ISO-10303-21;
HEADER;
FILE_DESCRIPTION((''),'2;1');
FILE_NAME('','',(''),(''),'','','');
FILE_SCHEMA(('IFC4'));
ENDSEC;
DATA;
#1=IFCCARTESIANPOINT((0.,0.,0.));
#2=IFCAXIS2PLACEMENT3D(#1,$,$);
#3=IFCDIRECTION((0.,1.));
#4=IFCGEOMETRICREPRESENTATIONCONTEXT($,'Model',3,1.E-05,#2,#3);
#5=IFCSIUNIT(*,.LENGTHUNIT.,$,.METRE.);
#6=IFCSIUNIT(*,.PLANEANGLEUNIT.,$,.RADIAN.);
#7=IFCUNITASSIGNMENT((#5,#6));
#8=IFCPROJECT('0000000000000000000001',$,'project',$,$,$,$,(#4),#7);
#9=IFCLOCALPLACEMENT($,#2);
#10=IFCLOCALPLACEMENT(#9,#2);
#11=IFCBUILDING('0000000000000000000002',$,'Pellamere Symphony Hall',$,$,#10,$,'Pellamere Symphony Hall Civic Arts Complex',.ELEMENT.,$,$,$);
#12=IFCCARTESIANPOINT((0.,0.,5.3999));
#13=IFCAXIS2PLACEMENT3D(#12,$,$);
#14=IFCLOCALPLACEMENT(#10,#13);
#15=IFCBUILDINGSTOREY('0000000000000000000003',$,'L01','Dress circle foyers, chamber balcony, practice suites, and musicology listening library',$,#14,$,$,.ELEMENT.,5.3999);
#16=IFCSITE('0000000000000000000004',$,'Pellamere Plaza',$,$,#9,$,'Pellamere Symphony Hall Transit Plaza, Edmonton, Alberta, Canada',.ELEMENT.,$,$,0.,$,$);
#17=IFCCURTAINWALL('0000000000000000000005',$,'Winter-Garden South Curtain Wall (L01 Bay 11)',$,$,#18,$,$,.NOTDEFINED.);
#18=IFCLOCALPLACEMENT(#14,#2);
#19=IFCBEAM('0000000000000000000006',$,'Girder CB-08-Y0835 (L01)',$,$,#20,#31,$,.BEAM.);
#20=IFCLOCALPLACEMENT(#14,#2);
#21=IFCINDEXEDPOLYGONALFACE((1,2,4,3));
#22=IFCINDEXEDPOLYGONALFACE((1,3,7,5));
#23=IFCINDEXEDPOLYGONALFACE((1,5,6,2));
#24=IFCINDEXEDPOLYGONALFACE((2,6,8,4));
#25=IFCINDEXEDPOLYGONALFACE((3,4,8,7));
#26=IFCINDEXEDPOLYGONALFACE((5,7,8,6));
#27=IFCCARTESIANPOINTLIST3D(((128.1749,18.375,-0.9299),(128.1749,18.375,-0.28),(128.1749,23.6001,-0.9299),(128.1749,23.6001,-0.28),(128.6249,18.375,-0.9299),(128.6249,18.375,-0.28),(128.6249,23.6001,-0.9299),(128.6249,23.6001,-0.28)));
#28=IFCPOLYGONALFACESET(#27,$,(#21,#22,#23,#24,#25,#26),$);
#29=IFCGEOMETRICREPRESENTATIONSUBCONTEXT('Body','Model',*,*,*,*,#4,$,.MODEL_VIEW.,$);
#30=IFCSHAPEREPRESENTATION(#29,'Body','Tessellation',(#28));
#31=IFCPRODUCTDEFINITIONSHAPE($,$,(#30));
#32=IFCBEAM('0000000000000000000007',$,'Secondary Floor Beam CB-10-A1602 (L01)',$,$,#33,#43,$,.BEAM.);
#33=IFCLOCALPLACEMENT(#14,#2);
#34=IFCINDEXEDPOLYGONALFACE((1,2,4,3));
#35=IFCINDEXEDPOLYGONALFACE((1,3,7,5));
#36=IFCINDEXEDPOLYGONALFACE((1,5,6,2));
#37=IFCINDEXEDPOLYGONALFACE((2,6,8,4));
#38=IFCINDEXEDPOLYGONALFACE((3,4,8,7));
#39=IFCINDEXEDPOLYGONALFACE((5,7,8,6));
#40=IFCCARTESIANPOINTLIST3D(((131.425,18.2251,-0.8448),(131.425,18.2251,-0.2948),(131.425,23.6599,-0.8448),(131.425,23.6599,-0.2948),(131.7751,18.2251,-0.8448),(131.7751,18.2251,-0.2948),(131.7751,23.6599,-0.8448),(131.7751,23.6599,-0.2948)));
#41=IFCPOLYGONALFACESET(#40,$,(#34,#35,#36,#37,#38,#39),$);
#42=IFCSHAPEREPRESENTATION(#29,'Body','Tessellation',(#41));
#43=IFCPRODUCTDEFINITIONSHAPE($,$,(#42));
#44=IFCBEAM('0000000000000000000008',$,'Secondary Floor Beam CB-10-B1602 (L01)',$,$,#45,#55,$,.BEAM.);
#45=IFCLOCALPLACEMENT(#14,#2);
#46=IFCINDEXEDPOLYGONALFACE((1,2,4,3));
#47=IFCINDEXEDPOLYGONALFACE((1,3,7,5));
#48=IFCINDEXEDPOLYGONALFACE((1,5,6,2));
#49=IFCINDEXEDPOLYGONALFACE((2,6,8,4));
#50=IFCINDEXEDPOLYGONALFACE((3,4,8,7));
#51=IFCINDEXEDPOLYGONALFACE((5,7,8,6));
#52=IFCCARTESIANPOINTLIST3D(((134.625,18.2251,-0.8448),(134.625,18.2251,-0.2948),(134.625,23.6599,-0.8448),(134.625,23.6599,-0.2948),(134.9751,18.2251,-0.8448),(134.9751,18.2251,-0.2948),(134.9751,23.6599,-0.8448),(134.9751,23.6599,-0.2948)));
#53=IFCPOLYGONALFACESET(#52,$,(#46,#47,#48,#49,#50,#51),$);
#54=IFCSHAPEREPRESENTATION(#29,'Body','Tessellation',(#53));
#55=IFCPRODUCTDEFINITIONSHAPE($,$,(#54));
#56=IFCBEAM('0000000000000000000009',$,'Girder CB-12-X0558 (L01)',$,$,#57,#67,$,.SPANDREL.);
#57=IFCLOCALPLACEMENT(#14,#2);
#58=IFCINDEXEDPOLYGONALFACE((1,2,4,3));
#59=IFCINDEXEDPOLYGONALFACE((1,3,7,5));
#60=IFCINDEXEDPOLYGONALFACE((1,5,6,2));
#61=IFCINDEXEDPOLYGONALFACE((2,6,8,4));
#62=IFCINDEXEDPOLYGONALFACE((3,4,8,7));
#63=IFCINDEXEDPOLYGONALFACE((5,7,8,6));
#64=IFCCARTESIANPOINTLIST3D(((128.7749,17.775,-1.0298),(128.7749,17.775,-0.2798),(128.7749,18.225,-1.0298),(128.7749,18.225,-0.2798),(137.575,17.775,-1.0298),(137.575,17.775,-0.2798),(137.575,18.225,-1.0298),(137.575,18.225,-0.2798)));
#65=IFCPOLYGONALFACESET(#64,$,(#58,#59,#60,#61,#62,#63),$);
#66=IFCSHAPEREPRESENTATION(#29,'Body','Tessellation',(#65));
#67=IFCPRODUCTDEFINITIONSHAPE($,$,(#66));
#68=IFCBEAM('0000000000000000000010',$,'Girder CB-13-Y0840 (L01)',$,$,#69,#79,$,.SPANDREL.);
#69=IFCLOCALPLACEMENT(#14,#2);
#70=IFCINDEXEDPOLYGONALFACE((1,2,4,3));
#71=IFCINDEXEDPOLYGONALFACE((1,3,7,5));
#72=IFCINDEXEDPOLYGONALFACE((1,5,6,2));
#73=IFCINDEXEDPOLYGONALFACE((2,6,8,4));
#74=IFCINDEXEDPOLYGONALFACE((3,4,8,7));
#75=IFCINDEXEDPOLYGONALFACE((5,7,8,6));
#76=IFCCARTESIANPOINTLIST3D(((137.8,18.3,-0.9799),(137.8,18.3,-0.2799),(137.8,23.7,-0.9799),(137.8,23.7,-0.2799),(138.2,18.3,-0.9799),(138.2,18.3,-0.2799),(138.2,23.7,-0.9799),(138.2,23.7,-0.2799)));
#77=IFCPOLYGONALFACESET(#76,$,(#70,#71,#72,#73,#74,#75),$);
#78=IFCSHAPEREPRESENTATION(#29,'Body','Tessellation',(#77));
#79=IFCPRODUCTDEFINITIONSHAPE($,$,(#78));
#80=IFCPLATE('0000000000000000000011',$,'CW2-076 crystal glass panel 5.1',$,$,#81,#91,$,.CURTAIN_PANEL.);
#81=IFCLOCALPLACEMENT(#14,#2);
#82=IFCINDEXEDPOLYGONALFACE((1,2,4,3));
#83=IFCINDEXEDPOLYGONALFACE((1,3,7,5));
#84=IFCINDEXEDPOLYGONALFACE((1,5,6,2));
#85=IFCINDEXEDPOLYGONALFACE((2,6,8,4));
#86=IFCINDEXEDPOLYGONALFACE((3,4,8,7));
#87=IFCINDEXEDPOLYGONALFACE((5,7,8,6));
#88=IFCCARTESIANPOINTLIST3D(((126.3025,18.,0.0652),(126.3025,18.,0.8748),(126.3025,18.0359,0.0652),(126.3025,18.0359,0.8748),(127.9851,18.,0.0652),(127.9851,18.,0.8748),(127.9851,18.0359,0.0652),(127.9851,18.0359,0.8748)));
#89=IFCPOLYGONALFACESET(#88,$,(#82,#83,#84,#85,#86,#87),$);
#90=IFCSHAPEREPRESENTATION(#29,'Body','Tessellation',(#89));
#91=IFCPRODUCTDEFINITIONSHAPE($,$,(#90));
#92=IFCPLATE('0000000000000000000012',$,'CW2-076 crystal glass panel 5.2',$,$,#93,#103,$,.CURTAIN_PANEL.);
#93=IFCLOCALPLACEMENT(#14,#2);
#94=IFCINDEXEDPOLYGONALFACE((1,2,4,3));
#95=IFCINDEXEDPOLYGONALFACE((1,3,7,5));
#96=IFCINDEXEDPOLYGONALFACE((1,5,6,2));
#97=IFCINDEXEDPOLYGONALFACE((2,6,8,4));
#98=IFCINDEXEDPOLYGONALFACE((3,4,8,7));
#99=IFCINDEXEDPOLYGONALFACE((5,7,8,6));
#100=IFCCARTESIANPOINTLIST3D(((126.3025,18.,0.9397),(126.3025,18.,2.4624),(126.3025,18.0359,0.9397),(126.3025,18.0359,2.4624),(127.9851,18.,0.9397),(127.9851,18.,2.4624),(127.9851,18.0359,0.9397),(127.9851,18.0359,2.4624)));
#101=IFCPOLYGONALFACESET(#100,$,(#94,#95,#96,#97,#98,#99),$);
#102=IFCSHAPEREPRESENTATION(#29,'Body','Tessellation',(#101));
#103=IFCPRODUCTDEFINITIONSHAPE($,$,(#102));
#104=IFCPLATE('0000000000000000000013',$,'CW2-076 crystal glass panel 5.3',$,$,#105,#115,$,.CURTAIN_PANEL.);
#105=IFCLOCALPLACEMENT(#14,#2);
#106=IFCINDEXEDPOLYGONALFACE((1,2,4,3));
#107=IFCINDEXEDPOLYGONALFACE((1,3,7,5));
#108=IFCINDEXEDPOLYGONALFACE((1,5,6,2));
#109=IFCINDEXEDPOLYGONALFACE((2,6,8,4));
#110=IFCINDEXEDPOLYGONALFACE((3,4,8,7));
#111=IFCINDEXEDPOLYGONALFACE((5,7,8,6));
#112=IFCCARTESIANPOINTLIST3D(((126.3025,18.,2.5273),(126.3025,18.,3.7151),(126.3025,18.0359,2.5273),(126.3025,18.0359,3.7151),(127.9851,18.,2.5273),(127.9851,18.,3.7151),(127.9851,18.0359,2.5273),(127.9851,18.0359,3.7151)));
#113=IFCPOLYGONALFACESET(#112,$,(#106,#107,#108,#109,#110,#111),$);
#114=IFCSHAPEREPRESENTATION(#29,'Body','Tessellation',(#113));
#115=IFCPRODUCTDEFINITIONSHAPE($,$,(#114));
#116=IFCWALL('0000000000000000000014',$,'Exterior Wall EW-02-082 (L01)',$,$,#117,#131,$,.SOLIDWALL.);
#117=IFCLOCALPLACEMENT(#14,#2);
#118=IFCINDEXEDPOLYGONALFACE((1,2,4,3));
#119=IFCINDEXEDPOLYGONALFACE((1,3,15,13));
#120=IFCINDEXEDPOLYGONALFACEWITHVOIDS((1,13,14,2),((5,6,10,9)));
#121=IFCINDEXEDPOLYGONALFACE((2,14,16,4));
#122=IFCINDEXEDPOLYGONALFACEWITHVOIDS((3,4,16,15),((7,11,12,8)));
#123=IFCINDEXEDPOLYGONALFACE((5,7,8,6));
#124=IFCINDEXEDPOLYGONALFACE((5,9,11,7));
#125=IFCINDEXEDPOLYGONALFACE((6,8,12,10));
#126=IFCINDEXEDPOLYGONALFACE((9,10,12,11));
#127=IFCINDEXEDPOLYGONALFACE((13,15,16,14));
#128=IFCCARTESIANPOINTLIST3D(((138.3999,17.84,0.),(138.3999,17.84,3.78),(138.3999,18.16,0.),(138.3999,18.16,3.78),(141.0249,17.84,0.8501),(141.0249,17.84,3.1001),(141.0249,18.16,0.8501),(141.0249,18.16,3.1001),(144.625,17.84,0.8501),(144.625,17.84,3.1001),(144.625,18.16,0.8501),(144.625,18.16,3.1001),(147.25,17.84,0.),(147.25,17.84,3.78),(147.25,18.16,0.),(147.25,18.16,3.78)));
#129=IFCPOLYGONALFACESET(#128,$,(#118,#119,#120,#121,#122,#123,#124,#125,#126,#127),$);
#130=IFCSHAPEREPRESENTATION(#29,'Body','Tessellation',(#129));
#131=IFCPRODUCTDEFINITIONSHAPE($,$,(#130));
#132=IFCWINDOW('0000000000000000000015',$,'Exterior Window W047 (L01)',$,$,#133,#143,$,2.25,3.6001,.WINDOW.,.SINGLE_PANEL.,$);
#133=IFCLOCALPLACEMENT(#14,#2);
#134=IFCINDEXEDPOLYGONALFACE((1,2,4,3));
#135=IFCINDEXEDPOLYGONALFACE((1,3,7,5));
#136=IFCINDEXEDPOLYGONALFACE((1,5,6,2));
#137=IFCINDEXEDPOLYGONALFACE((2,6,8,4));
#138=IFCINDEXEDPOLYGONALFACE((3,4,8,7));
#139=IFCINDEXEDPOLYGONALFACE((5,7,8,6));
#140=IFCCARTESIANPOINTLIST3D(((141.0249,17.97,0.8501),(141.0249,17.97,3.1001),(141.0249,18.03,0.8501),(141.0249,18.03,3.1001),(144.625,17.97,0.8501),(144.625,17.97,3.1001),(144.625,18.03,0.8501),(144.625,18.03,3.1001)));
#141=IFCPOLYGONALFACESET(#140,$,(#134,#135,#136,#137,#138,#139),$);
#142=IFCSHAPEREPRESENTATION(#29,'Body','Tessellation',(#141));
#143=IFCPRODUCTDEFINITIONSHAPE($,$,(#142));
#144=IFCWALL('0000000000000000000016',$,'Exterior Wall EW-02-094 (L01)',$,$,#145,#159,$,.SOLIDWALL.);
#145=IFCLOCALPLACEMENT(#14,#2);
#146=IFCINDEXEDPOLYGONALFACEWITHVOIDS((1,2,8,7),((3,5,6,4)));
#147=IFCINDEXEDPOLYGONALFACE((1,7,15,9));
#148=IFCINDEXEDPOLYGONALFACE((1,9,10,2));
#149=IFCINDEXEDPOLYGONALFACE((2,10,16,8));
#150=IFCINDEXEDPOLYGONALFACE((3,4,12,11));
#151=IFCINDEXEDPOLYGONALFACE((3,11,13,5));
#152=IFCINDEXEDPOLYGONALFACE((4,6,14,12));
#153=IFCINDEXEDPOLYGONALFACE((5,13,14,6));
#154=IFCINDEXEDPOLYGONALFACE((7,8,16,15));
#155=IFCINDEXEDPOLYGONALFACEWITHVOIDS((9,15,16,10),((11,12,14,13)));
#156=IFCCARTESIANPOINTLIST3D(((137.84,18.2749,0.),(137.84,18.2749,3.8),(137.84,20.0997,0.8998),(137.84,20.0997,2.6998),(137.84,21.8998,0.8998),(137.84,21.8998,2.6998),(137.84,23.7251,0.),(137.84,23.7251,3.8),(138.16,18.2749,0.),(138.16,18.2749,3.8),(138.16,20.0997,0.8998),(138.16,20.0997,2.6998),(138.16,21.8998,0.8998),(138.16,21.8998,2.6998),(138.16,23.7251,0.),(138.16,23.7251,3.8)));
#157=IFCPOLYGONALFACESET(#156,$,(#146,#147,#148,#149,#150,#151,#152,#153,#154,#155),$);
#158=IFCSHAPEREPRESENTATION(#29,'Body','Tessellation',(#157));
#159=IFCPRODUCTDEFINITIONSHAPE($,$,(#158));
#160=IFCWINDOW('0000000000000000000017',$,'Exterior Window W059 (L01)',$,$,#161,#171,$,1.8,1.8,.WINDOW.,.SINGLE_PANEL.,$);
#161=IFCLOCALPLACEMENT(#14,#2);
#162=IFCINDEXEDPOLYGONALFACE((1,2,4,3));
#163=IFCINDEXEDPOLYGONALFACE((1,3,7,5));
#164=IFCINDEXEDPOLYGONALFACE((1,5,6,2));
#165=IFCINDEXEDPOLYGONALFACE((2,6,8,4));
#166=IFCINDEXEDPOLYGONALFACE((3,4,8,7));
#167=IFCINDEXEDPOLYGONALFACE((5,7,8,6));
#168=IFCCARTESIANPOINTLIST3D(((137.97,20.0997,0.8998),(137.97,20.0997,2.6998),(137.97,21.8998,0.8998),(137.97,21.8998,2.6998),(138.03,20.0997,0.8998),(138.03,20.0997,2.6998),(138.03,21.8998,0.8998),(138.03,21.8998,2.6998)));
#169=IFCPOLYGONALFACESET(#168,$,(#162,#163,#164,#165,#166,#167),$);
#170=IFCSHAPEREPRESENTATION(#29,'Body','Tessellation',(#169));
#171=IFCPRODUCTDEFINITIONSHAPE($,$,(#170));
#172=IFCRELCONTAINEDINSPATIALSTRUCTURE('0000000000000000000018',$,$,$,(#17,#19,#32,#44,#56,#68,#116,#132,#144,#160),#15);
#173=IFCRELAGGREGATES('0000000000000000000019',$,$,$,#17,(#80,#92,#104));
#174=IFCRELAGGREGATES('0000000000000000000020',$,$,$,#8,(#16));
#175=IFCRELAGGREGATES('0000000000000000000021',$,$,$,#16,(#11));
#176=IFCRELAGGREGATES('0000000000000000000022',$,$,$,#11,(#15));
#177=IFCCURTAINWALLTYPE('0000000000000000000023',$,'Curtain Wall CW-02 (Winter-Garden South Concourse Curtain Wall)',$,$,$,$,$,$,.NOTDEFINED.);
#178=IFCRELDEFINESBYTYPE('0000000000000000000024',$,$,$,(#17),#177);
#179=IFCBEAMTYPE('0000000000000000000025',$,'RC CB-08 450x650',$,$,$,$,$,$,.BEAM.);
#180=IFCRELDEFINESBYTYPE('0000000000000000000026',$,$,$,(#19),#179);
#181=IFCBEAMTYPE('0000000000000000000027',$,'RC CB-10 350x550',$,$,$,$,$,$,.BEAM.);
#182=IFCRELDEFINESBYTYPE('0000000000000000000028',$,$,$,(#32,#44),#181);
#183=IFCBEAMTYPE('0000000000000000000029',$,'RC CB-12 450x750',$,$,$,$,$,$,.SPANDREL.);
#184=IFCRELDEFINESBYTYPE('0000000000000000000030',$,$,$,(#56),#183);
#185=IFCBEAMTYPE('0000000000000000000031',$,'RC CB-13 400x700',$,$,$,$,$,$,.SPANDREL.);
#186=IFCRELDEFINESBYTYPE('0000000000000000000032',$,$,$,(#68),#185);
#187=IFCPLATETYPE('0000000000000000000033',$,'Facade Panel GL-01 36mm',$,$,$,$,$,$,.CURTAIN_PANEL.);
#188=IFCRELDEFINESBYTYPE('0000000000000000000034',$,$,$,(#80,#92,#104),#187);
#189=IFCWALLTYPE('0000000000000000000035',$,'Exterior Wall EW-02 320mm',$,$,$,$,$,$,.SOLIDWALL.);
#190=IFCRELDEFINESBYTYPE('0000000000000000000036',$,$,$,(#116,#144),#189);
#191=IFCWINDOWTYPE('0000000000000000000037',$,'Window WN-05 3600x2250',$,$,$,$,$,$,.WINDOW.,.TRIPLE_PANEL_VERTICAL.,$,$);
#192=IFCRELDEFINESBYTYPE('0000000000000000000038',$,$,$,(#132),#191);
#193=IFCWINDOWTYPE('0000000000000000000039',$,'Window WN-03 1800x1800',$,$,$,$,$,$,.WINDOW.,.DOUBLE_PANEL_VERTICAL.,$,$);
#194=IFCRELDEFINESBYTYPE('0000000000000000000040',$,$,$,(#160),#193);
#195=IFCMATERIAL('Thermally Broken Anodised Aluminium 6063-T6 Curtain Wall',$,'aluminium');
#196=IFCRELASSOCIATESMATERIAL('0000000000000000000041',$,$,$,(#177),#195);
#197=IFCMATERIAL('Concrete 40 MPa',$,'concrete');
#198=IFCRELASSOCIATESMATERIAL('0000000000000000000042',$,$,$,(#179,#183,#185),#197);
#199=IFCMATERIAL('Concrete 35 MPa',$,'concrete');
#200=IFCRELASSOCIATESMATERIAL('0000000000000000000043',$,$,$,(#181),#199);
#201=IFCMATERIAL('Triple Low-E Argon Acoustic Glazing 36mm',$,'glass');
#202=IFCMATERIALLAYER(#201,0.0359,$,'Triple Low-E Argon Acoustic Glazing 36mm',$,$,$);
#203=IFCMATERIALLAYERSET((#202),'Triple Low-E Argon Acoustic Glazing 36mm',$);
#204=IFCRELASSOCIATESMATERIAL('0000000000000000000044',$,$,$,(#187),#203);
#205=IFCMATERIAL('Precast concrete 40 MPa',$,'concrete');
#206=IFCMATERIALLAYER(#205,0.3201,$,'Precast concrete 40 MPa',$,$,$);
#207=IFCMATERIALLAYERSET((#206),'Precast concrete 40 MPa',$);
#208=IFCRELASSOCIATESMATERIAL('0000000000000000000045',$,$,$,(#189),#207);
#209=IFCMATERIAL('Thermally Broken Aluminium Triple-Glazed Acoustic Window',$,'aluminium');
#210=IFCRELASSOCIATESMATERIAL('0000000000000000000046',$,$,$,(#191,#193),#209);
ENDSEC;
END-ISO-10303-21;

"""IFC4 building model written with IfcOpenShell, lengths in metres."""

from ifc_helpers import new_model, si_unit, direction, frame, frame_2d, origin, origin_2d, place, context, subcontext, project, spatial, polyline, rectangle, outline, extrude, material, layer, layer_set, material_profile, profile_set, type_object, element, fill, aggregate, save


model = new_model("IFC4")

# Units and contexts
model_context = context("Model", 3, precision=1e-05, world=origin(), true_north=direction((0.0, 1.0)))
body_context = subcontext(model_context, "Body", "Model", "MODEL_VIEW")
ifc_project = project(units=[si_unit("LENGTHUNIT", "METRE"), si_unit("PLANEANGLEUNIT", "RADIAN")], contexts=[model_context])

# Site, building, storey
site_placement = place(None, origin())
site = spatial("IfcSite", under=ifc_project, at=site_placement, Name="Pellamere Plaza", LongName="Pellamere Symphony Hall Transit Plaza, Edmonton, Alberta, Canada", CompositionType="ELEMENT", RefElevation=0.0)
building_placement = place(site_placement, origin())
building = spatial("IfcBuilding", under=site, at=building_placement, Name="Pellamere Symphony Hall", LongName="Pellamere Symphony Hall Civic Arts Complex", CompositionType="ELEMENT")
storey_placement = place(building_placement, frame((0.0, 0.0, 5.3999)))
storey = spatial("IfcBuildingStorey", under=building, at=storey_placement, Name="L01", Description="Dress circle foyers, chamber balcony, practice suites, and musicology listening library", CompositionType="ELEMENT", Elevation=5.3999)

# Shared definitions
ifc_material_1 = material(Name="Concrete 40 MPa", Category="concrete")

# Curtain wall
ifc_material_2 = material(Name="Thermally Broken Anodised Aluminium 6063-T6 Curtain Wall", Category="aluminium")
curtain_wall_type = type_object("IfcCurtainWallType", Name="Curtain Wall CW-02 (Winter-Garden South Concourse Curtain Wall)", PredefinedType="NOTDEFINED", material=ifc_material_2)
curtain_wall_placement = place(storey_placement, origin())
curtain_wall = element("IfcCurtainWall", 1, at=curtain_wall_placement, inside=storey, type_object=curtain_wall_type, Name="Winter-Garden South Curtain Wall (L01 Bay 11)", PredefinedType="NOTDEFINED")

# Beams
ifc_material_profile_1 = material_profile(ifc_material_1, rectangle(XDim=0.45, YDim=0.6499, at=origin_2d()), Name="RC 450x650")
ifc_profile_set_1 = profile_set([ifc_material_profile_1], Name="Concrete 40 MPa")
beam_type_1 = type_object("IfcBeamType", Name="RC CB-08 450x650", PredefinedType="BEAM", material=ifc_profile_set_1)
beam_1_placement = place(storey_placement, frame((128.3999, 18.375, -0.605), z_axis=(0.0, 1.0, 0.0), x_axis=(-1.0, 0.0, 0.0)))
element("IfcBeam", 2, at=beam_1_placement, inside=storey, type_object=beam_type_1, Name="Girder CB-08-Y0835 (L01)", PredefinedType="BEAM", context=body_context, shape_type="SweptSolid", body=[
    extrude(rectangle(XDim=0.45, YDim=0.6499, at=origin_2d()), origin(), (0.0, 0.0, 1.0), 5.2251),
])
ifc_material_3 = material(Name="Concrete 35 MPa", Category="concrete")
ifc_material_profile_2 = material_profile(ifc_material_3, rectangle(XDim=0.3501, YDim=0.55, at=origin_2d()), Name="RC 350x550")
ifc_profile_set_2 = profile_set([ifc_material_profile_2], Name="Concrete 35 MPa")
beam_type_2 = type_object("IfcBeamType", Name="RC CB-10 350x550", PredefinedType="BEAM", material=ifc_profile_set_2)
for number, where, z_axis, x_axis, name in (
    (3, (131.6001, 18.2251, -0.5698), (0.0, 1.0, 0.0), (-1.0, 0.0, 0.0), "Secondary Floor Beam CB-10-A1602 (L01)"),
    (4, (134.8, 18.2251, -0.5698), (0.0, 1.0, 0.0), (-1.0, 0.0, 0.0), "Secondary Floor Beam CB-10-B1602 (L01)"),
):
    element("IfcBeam", number, at=place(storey_placement, frame(where, z_axis=z_axis, x_axis=x_axis)), inside=storey, type_object=beam_type_2, Name=name, PredefinedType="BEAM", context=body_context, shape_type="SweptSolid", body=[
        extrude(rectangle(XDim=0.3501, YDim=0.55, at=origin_2d()), origin(), (0.0, 0.0, 1.0), 5.4348),
    ])
ifc_material_profile_3 = material_profile(ifc_material_1, rectangle(XDim=0.45, YDim=0.75, at=origin_2d()), Name="RC 450x750")
ifc_profile_set_3 = profile_set([ifc_material_profile_3], Name="Concrete 40 MPa")
beam_type_3 = type_object("IfcBeamType", Name="RC CB-12 450x750", PredefinedType="SPANDREL", material=ifc_profile_set_3)
beam_2_placement = place(storey_placement, frame((128.7749, 18.0, -0.6548), z_axis=(1.0, 0.0, 0.0), x_axis=(0.0, 1.0, 0.0)))
element("IfcBeam", 5, at=beam_2_placement, inside=storey, type_object=beam_type_3, Name="Girder CB-12-X0558 (L01)", PredefinedType="SPANDREL", context=body_context, shape_type="SweptSolid", body=[
    extrude(rectangle(XDim=0.45, YDim=0.75, at=origin_2d()), origin(), (0.0, 0.0, 1.0), 8.8),
])
ifc_material_profile_4 = material_profile(ifc_material_1, rectangle(XDim=0.3999, YDim=0.7, at=origin_2d()), Name="RC 400x700")
ifc_profile_set_4 = profile_set([ifc_material_profile_4], Name="Concrete 40 MPa")
beam_type_4 = type_object("IfcBeamType", Name="RC CB-13 400x700", PredefinedType="SPANDREL", material=ifc_profile_set_4)
beam_3_placement = place(storey_placement, frame((138.0, 18.3, -0.6299), z_axis=(0.0, 1.0, 0.0), x_axis=(-1.0, 0.0, 0.0)))
element("IfcBeam", 6, at=beam_3_placement, inside=storey, type_object=beam_type_4, Name="Girder CB-13-Y0840 (L01)", PredefinedType="SPANDREL", context=body_context, shape_type="SweptSolid", body=[
    extrude(rectangle(XDim=0.3999, YDim=0.7, at=origin_2d()), origin(), (0.0, 0.0, 1.0), 5.3999),
])

# Plates
ifc_material_4 = material(Name="Triple Low-E Argon Acoustic Glazing 36mm", Category="glass")
ifc_layer_1 = layer(ifc_material_4, 0.0359, Name="Triple Low-E Argon Acoustic Glazing 36mm")
ifc_layer_set_1 = layer_set([ifc_layer_1], Name="Triple Low-E Argon Acoustic Glazing 36mm")
plate_type = type_object("IfcPlateType", Name="Facade Panel GL-01 36mm", PredefinedType="CURTAIN_PANEL", material=ifc_layer_set_1)
plate_1_placement = place(storey_placement, frame((126.3025, 18.0, 0.0652), z_axis=(0.0, -1.0, 0.0), x_axis=(1.0, 0.0, 0.0)))
plate_1 = element("IfcPlate", 7, at=plate_1_placement, type_object=plate_type, Name="CW2-076 crystal glass panel 5.1", PredefinedType="CURTAIN_PANEL", context=body_context, shape_type="SweptSolid", body=[
    extrude(outline(polyline([(0.0, 0.0), (1.6826, 0.0), (1.6826, 0.8096), (0.0, 0.8096), (0.0, 0.0)])), origin(), (0.0, 0.0, -1.0), 0.0359),
])
plate_2_placement = place(storey_placement, frame((126.3025, 18.0, 0.9397), z_axis=(0.0, -1.0, 0.0), x_axis=(1.0, 0.0, 0.0)))
plate_2 = element("IfcPlate", 8, at=plate_2_placement, type_object=plate_type, Name="CW2-076 crystal glass panel 5.2", PredefinedType="CURTAIN_PANEL", context=body_context, shape_type="SweptSolid", body=[
    extrude(outline(polyline([(0.0, 0.0), (1.6826, 0.0), (1.6826, 1.5227), (0.0, 1.5227), (0.0, 0.0)])), origin(), (0.0, 0.0, -1.0), 0.0359),
])
plate_3_placement = place(storey_placement, frame((126.3025, 18.0, 2.5273), z_axis=(0.0, -1.0, 0.0), x_axis=(1.0, 0.0, 0.0)))
plate_3 = element("IfcPlate", 9, at=plate_3_placement, type_object=plate_type, Name="CW2-076 crystal glass panel 5.3", PredefinedType="CURTAIN_PANEL", context=body_context, shape_type="SweptSolid", body=[
    extrude(outline(polyline([(0.0, 0.0), (1.6826, 0.0), (1.6826, 1.1877), (0.0, 1.1877), (0.0, 0.0)])), origin(), (0.0, 0.0, -1.0), 0.0359),
])
aggregate(curtain_wall, [plate_1, plate_2, plate_3])

# Walls, openings, windows
ifc_material_5 = material(Name="Precast concrete 40 MPa", Category="concrete")
ifc_layer_2 = layer(ifc_material_5, 0.3201, Name="Precast concrete 40 MPa")
ifc_layer_set_2 = layer_set([ifc_layer_2], Name="Precast concrete 40 MPa")
wall_type_1 = type_object("IfcWallType", Name="Exterior Wall EW-02 320mm", PredefinedType="SOLIDWALL", material=ifc_layer_set_2)
wall_1_placement = place(storey_placement, frame((138.3999, 18.0, 0.0), z_axis=(0.0, 0.0, 1.0), x_axis=(1.0, 0.0, 0.0)))
wall_1 = element("IfcWall", 10, at=wall_1_placement, inside=storey, type_object=wall_type_1, Name="Exterior Wall EW-02-082 (L01)", PredefinedType="SOLIDWALL", context=body_context, shape_type="SweptSolid", body=[
    extrude(rectangle(XDim=8.8501, YDim=0.3201, at=frame_2d((4.425, 0.0))), origin(), (0.0, 0.0, 1.0), 3.78),
])
opening_1_placement = place(wall_1_placement, frame((2.625, 0.0, 0.8501)))
opening_1 = element("IfcOpeningElement", 11, at=opening_1_placement, cuts=wall_1, PredefinedType="OPENING", context=body_context, shape_type="SweptSolid", body=[
    extrude(rectangle(XDim=3.6001, YDim=2.25, at=frame_2d((1.8, 1.125))), frame((0.0, 0.1699, 0.0), z_axis=(0.0, -1.0, 0.0), x_axis=(1.0, 0.0, 0.0)), (0.0, 0.0, 1.0), 0.3401),
])
ifc_material_6 = material(Name="Thermally Broken Aluminium Triple-Glazed Acoustic Window", Category="aluminium")
window_type_1 = type_object("IfcWindowType", Name="Window WN-05 3600x2250", PartitioningType="TRIPLE_PANEL_VERTICAL", PredefinedType="WINDOW", material=ifc_material_6)
window_1_placement = place(opening_1_placement, origin())
window_1 = element("IfcWindow", 12, at=window_1_placement, inside=storey, type_object=window_type_1, Name="Exterior Window W047 (L01)", OverallHeight=2.25, OverallWidth=3.6001, PartitioningType="SINGLE_PANEL", PredefinedType="WINDOW", context=body_context, shape_type="SweptSolid", body=[
    extrude(rectangle(XDim=3.6001, YDim=2.25, at=frame_2d((1.8, 1.125))), frame((0.0, 0.03, 0.0), z_axis=(0.0, -1.0, 0.0), x_axis=(1.0, 0.0, 0.0)), (0.0, 0.0, 1.0), 0.0601),
])
fill(opening_1, window_1)
wall_2_placement = place(storey_placement, frame((138.0, 18.2749, 0.0), z_axis=(0.0, 0.0, 1.0), x_axis=(0.0, 1.0, 0.0)))
wall_2 = element("IfcWall", 13, at=wall_2_placement, inside=storey, type_object=wall_type_1, Name="Exterior Wall EW-02-094 (L01)", PredefinedType="SOLIDWALL", context=body_context, shape_type="SweptSolid", body=[
    extrude(rectangle(XDim=5.4502, YDim=0.3201, at=frame_2d((2.7251, 0.0))), origin(), (0.0, 0.0, 1.0), 3.8),
])
opening_2_placement = place(wall_2_placement, frame((1.825, 0.0, 0.8999)))
opening_2 = element("IfcOpeningElement", 14, at=opening_2_placement, cuts=wall_2, PredefinedType="OPENING", context=body_context, shape_type="SweptSolid", body=[
    extrude(rectangle(XDim=1.8, YDim=1.8, at=frame_2d((0.8999, 0.8999))), frame((0.0, 0.1699, 0.0), z_axis=(0.0, -1.0, 0.0), x_axis=(1.0, 0.0, 0.0)), (0.0, 0.0, 1.0), 0.3401),
])
window_type_2 = type_object("IfcWindowType", Name="Window WN-03 1800x1800", PartitioningType="DOUBLE_PANEL_VERTICAL", PredefinedType="WINDOW", material=ifc_material_6)
window_2_placement = place(opening_2_placement, origin())
window_2 = element("IfcWindow", 15, at=window_2_placement, inside=storey, type_object=window_type_2, Name="Exterior Window W059 (L01)", OverallHeight=1.8, OverallWidth=1.8, PartitioningType="SINGLE_PANEL", PredefinedType="WINDOW", context=body_context, shape_type="SweptSolid", body=[
    extrude(rectangle(XDim=1.8, YDim=1.8, at=frame_2d((0.8999, 0.8999))), frame((0.0, 0.03, 0.0), z_axis=(0.0, -1.0, 0.0), x_axis=(1.0, 0.0, 0.0)), (0.0, 0.0, 1.0), 0.0601),
])
fill(opening_2, window_2)

save(model, "model.ifc")
